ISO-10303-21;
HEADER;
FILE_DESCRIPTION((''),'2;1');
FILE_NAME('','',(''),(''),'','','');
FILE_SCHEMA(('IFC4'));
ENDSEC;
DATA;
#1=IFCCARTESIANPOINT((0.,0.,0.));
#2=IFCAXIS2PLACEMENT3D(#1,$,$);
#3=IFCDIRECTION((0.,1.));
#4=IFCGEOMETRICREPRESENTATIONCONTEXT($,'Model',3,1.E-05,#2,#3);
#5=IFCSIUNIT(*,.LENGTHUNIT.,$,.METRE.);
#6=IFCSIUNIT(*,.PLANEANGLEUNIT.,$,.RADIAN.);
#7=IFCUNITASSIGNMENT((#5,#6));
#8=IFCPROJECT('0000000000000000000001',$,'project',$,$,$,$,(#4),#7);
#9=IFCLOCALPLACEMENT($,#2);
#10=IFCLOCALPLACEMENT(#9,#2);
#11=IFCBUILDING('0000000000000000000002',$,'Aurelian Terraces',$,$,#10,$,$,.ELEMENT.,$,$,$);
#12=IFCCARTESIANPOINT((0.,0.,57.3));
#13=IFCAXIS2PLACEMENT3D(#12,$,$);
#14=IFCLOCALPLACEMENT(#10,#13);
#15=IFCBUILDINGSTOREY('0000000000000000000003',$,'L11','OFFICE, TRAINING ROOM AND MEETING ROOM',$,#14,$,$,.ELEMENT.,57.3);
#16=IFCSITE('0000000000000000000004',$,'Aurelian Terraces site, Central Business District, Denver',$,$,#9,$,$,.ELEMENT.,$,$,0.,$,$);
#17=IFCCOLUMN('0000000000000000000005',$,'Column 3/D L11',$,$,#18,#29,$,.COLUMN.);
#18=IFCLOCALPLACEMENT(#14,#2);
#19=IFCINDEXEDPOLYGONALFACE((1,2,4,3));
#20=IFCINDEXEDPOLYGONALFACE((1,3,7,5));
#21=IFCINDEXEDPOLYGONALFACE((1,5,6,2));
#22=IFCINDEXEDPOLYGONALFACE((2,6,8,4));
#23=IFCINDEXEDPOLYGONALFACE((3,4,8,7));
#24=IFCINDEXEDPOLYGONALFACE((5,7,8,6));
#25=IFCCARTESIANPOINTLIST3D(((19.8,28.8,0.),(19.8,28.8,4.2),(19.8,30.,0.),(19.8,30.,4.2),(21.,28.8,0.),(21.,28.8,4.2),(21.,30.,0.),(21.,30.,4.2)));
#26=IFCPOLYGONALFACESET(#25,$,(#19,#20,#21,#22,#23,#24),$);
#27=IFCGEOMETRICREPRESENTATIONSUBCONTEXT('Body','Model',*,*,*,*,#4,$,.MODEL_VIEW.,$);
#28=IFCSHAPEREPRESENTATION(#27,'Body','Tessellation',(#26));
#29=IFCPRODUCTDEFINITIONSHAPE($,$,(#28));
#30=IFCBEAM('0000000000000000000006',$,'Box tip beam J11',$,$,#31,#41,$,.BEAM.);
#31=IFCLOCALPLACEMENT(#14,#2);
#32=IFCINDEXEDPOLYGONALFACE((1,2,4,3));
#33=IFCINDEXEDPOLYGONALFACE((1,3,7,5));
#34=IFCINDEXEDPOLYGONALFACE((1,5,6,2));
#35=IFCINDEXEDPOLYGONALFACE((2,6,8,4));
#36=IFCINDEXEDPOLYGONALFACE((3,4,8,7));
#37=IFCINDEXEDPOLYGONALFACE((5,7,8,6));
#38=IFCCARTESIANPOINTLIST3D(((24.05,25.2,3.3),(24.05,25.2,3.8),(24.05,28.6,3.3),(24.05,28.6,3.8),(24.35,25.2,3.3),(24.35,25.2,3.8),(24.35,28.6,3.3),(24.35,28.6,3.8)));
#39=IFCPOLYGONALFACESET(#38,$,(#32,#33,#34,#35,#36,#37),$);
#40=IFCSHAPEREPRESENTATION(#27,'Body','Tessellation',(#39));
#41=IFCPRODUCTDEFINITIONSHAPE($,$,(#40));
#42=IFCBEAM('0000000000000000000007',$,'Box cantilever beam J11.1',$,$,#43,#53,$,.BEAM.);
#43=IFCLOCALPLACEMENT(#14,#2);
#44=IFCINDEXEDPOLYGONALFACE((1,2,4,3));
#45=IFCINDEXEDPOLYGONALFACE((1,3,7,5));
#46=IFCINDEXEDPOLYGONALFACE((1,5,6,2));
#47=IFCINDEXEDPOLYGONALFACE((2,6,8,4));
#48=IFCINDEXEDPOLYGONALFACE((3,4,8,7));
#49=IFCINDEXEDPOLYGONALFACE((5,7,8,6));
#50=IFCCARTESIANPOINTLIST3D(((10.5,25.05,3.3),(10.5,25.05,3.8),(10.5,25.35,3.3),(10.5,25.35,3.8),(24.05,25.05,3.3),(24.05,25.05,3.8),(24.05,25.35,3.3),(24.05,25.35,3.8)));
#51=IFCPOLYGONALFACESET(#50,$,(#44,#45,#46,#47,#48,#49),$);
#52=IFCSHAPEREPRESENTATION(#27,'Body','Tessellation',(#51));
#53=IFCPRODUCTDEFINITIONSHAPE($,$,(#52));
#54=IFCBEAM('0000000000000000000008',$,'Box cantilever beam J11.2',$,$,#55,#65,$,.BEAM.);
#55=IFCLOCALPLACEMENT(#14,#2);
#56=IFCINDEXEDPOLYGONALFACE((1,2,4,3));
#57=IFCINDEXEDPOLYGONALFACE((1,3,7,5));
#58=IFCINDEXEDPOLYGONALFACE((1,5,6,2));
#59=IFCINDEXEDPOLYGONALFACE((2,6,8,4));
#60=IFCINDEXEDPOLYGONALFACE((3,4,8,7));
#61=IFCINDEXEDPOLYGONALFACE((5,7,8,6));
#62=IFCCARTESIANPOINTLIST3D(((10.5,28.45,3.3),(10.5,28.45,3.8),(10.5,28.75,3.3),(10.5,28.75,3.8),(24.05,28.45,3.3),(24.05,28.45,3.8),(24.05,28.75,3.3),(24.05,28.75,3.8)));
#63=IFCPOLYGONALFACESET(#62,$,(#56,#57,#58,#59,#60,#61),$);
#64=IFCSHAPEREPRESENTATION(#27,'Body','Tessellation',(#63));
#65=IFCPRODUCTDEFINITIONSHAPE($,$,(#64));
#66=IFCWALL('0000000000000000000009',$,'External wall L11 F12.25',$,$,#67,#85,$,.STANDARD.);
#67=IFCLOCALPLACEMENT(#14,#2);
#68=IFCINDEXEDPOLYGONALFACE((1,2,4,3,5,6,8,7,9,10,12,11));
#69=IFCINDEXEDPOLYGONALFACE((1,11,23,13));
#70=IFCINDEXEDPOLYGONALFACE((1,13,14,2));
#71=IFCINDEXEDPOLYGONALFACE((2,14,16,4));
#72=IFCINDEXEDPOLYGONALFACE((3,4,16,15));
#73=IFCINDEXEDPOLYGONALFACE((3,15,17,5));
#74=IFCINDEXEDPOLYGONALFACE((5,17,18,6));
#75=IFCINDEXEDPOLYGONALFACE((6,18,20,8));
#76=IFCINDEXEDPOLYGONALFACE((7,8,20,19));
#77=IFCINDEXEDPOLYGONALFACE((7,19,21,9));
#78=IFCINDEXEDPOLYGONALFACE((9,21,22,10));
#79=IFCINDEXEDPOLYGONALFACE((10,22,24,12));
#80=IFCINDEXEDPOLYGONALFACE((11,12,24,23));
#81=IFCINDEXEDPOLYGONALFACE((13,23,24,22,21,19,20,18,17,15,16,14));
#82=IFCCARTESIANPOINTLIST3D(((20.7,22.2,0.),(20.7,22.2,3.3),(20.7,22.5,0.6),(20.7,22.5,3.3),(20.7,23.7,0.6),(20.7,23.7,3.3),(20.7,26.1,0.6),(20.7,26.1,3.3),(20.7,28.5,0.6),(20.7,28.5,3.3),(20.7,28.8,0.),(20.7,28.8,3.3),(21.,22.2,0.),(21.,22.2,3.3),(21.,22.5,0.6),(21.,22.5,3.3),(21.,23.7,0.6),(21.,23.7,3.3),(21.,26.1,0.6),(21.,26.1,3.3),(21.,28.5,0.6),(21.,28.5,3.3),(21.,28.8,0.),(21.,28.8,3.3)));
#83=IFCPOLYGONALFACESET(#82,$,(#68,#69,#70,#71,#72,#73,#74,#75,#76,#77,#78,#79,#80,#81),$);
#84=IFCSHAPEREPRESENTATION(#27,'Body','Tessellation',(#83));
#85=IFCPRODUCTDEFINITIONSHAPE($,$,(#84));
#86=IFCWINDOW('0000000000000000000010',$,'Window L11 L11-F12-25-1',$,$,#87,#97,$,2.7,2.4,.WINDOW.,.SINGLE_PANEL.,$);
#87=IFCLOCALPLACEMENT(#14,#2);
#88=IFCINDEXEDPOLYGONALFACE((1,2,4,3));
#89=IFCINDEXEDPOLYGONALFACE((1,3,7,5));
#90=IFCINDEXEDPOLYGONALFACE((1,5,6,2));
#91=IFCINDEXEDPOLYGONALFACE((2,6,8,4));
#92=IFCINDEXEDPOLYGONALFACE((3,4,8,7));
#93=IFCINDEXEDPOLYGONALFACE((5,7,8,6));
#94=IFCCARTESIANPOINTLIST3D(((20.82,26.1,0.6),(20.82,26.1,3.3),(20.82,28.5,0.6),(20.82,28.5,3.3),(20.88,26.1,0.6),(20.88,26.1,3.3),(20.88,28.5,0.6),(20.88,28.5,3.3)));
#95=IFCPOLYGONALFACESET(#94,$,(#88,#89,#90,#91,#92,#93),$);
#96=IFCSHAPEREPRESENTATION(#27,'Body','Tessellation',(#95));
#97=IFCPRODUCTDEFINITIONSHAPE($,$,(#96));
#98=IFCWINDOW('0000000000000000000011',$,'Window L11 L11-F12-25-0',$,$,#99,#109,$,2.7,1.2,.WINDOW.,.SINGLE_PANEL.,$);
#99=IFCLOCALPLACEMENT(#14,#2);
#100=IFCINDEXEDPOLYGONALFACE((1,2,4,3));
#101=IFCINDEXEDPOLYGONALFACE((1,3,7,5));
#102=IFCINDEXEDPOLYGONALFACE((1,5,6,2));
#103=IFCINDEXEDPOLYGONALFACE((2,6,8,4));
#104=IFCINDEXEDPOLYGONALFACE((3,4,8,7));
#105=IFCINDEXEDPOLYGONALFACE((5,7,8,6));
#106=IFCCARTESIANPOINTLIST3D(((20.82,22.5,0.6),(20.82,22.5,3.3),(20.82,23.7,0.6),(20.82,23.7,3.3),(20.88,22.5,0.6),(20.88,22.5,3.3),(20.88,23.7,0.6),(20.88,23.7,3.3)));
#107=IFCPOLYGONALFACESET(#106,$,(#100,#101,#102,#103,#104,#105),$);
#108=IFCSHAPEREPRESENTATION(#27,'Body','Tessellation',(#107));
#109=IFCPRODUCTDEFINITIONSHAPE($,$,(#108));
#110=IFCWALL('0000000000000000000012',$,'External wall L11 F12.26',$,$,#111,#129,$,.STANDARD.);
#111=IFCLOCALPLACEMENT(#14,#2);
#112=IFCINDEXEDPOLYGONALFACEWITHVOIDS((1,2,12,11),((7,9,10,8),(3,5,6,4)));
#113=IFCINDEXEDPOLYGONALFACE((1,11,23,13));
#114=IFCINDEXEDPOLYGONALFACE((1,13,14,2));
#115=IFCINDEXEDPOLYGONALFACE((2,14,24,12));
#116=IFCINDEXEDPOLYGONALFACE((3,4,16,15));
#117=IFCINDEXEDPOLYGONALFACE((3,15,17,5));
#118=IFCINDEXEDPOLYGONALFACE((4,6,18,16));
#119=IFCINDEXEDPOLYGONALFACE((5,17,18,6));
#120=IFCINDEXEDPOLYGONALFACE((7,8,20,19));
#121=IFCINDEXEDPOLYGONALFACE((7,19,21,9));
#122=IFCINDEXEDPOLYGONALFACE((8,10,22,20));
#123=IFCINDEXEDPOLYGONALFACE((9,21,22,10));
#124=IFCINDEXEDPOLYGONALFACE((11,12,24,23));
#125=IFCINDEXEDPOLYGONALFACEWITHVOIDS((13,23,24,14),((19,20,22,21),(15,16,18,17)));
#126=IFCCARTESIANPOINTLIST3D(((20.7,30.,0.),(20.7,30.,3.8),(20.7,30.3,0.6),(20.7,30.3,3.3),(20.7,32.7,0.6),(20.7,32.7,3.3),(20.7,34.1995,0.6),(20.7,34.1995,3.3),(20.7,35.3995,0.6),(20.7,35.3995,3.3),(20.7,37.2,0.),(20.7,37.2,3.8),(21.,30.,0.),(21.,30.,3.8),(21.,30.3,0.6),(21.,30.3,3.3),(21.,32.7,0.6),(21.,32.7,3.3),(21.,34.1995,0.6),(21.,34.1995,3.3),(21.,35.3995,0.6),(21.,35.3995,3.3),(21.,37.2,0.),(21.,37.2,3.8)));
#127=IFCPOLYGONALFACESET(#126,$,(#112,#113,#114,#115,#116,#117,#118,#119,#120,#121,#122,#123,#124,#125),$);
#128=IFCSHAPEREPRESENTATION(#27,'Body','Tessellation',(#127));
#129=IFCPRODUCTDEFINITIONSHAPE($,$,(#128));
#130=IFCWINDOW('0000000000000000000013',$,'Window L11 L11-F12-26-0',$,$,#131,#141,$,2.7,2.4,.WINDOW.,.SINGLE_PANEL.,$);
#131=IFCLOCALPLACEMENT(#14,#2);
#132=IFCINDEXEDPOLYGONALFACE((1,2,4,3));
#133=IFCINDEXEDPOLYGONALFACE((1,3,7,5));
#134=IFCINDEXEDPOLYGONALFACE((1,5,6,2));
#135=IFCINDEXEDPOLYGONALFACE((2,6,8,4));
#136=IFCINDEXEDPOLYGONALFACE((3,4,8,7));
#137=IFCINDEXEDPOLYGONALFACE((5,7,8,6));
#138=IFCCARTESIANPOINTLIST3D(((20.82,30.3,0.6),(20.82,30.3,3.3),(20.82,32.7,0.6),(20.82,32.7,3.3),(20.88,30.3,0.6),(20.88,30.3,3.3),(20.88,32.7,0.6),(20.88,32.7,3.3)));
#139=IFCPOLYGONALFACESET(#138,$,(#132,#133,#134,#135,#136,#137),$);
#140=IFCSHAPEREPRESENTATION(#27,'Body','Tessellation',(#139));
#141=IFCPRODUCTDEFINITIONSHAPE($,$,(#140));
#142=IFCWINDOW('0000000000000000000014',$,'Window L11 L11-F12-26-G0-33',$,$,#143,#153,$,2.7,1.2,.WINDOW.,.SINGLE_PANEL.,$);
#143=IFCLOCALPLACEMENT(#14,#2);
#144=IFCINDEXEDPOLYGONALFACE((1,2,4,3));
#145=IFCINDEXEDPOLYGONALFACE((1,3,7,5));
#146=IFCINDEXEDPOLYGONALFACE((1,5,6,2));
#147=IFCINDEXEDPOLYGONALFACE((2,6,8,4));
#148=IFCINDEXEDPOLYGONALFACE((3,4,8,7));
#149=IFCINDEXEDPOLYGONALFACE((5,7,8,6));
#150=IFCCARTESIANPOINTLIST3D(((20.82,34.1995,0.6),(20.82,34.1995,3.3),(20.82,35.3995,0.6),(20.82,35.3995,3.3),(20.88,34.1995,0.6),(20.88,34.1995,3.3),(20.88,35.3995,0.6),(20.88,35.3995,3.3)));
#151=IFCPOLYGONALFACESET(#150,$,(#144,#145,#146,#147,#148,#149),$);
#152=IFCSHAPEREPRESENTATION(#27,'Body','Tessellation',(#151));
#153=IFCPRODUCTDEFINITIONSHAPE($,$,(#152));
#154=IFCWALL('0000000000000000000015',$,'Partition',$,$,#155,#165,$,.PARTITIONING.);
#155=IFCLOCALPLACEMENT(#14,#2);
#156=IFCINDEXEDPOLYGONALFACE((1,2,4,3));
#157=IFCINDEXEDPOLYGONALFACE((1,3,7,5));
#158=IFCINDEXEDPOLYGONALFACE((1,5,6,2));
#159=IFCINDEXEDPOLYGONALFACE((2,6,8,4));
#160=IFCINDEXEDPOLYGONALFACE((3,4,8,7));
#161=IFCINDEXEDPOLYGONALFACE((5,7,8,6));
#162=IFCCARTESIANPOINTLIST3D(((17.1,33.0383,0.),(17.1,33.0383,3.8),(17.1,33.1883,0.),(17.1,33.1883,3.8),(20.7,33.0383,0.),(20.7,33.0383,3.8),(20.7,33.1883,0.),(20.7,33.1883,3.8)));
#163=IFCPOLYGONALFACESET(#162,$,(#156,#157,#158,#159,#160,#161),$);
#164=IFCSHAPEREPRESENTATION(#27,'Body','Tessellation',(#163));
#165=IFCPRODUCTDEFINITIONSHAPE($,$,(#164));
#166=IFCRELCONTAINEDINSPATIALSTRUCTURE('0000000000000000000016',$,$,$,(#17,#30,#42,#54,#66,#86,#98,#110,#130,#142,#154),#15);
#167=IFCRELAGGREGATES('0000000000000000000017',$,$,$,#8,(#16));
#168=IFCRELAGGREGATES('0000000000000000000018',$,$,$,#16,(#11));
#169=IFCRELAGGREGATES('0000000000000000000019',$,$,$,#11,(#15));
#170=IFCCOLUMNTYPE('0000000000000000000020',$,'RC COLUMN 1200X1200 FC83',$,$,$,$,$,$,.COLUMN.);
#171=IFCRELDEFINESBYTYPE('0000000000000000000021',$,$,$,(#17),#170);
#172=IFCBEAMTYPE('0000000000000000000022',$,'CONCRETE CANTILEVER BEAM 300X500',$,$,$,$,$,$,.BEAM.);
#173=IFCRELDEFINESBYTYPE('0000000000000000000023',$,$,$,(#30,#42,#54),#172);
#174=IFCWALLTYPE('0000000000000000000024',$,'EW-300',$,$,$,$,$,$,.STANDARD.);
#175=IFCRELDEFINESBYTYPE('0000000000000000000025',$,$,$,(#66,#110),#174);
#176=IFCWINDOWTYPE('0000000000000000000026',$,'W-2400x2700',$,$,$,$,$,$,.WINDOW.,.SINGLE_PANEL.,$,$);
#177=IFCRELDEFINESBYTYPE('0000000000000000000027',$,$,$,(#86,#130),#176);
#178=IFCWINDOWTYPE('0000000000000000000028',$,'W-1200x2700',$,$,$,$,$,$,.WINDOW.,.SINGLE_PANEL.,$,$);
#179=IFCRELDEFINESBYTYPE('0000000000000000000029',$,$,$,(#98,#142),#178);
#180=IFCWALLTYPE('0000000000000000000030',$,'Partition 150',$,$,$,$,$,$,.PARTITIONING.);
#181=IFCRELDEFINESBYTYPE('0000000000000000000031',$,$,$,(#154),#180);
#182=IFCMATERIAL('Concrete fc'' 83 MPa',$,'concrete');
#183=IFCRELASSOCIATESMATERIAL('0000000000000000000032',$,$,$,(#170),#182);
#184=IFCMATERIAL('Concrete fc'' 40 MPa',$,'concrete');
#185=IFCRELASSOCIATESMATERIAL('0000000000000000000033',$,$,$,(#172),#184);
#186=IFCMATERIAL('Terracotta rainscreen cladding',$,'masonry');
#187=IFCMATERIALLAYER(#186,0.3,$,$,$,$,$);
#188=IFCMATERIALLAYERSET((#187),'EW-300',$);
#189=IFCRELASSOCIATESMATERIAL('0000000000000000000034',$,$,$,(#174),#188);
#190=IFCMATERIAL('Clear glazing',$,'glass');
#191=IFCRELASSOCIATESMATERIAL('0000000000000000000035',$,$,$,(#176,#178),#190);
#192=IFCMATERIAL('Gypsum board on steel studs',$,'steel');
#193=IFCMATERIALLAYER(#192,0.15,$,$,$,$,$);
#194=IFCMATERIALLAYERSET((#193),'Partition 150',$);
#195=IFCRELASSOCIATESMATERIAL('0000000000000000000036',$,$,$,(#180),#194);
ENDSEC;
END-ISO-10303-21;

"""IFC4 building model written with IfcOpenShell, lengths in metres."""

from ifc_helpers import new_model, si_unit, direction, frame, frame_2d, origin, origin_2d, place, context, subcontext, project, spatial, rectangle, extrude, source, transform, mapped, material, layer, layer_set, material_profile, profile_set, type_object, element, fill, save


model = new_model("IFC4")

# Units and contexts
model_context = context("Model", 3, precision=1e-05, world=origin(), true_north=direction((0.0, 1.0)))
body_context = subcontext(model_context, "Body", "Model", "MODEL_VIEW")
ifc_project = project(units=[si_unit("LENGTHUNIT", "METRE"), si_unit("PLANEANGLEUNIT", "RADIAN")], contexts=[model_context])

# Site, building, storey
site_placement = place(None, origin())
site = spatial("IfcSite", under=ifc_project, at=site_placement, Name="Aurelian Terraces site, Central Business District, Denver", CompositionType="ELEMENT", RefElevation=0.0)
building_placement = place(site_placement, origin())
building = spatial("IfcBuilding", under=site, at=building_placement, Name="Aurelian Terraces", CompositionType="ELEMENT")
storey_placement = place(building_placement, frame((0.0, 0.0, 57.3)))
storey = spatial("IfcBuildingStorey", under=building, at=storey_placement, Name="L11", Description="OFFICE, TRAINING ROOM AND MEETING ROOM", CompositionType="ELEMENT", Elevation=57.3)

# Column
ifc_material_1 = material(Name="Concrete fc' 83 MPa", Category="concrete")
ifc_material_profile_1 = material_profile(ifc_material_1, rectangle(XDim=1.2, YDim=1.2, at=origin_2d()))
ifc_profile_set_1 = profile_set([ifc_material_profile_1], Name="Concrete fc' 83 MPa")
column_type = type_object("IfcColumnType", Name="RC COLUMN 1200X1200 FC83", PredefinedType="COLUMN", material=ifc_profile_set_1)
shared_shape_1 = source(origin(), body_context, "Body", "SweptSolid", [
    extrude(rectangle(XDim=1.2, YDim=1.2, at=origin_2d()), origin(), (0.0, 0.0, 1.0), 4.2),
])
column_placement = place(storey_placement, frame((20.4, 29.4, 0.0), z_axis=(0.0, 0.0, 1.0), x_axis=(1.0, 0.0, 0.0)))
element("IfcColumn", 1, at=column_placement, inside=storey, type_object=column_type, Name="Column 3/D L11", PredefinedType="COLUMN", context=body_context, shape_type="MappedRepresentation", body=[
    mapped(shared_shape_1, transform((0.0, 0.0, 0.0), scale=1.0)),
])

# Beams
ifc_material_2 = material(Name="Concrete fc' 40 MPa", Category="concrete")
ifc_material_profile_2 = material_profile(ifc_material_2, rectangle(XDim=0.3, YDim=0.5, at=origin_2d()))
ifc_profile_set_2 = profile_set([ifc_material_profile_2], Name="Concrete fc' 40 MPa")
beam_type = type_object("IfcBeamType", Name="CONCRETE CANTILEVER BEAM 300X500", PredefinedType="BEAM", material=ifc_profile_set_2)
beam_placement = place(storey_placement, frame((24.2, 25.2, 3.55), z_axis=(0.0, 1.0, 0.0), x_axis=(-1.0, 0.0, 0.0)))
element("IfcBeam", 2, at=beam_placement, inside=storey, type_object=beam_type, Name="Box tip beam J11", PredefinedType="BEAM", context=body_context, shape_type="SweptSolid", body=[
    extrude(rectangle(XDim=0.3, YDim=0.5, at=origin_2d()), origin(), (0.0, 0.0, 1.0), 3.4),
])
shared_shape_2 = source(origin(), body_context, "Body", "SweptSolid", [
    extrude(rectangle(XDim=0.3, YDim=0.5, at=origin_2d()), origin(), (0.0, 0.0, 1.0), 13.55),
])
for number, where, z_axis, x_axis, name in (
    (3, (24.05, 25.2, 3.55), (-1.0, 0.0, 0.0), (0.0, -1.0, 0.0), "Box cantilever beam J11.1"),
    (4, (24.05, 28.6, 3.55), (-1.0, 0.0, 0.0), (0.0, -1.0, 0.0), "Box cantilever beam J11.2"),
):
    element("IfcBeam", number, at=place(storey_placement, frame(where, z_axis=z_axis, x_axis=x_axis)), inside=storey, type_object=beam_type, Name=name, PredefinedType="BEAM", context=body_context, shape_type="MappedRepresentation", body=[
        mapped(shared_shape_2, transform((0.0, 0.0, 0.0), scale=1.0)),
    ])

# Walls, openings, windows
ifc_material_3 = material(Name="Terracotta rainscreen cladding", Category="masonry")
ifc_layer_1 = layer(ifc_material_3, 0.3)
ifc_layer_set_1 = layer_set([ifc_layer_1], Name="EW-300")
wall_type_1 = type_object("IfcWallType", Name="EW-300", PredefinedType="STANDARD", material=ifc_layer_set_1)
wall_1_placement = place(storey_placement, frame((20.85, 22.2, 0.0), z_axis=(0.0, 0.0, 1.0), x_axis=(0.0, 1.0, 0.0)))
wall_1 = element("IfcWall", 5, at=wall_1_placement, inside=storey, type_object=wall_type_1, Name="External wall L11 F12.25", PredefinedType="STANDARD", context=body_context, shape_type="SweptSolid", body=[
    extrude(rectangle(XDim=6.6, YDim=0.3, at=frame_2d((3.3, 0.0))), origin(), (0.0, 0.0, 1.0), 3.3),
])
shared_shape_3 = source(origin(), body_context, "Body", "SweptSolid", [
    extrude(rectangle(XDim=1.2, YDim=2.7, at=frame_2d((0.6, 1.35))), frame((0.0, 0.16, 0.0), z_axis=(0.0, -1.0, 0.0), x_axis=(1.0, 0.0, 0.0)), (0.0, 0.0, 1.0), 0.32),
])
opening_1_placement = place(wall_1_placement, frame((0.3, 0.0, 0.6)))
opening_1 = element("IfcOpeningElement", 6, at=opening_1_placement, cuts=wall_1, PredefinedType="OPENING", context=body_context, shape_type="MappedRepresentation", body=[
    mapped(shared_shape_3, transform((0.0, 0.0, 0.0), scale=1.0)),
])
shared_shape_4 = source(origin(), body_context, "Body", "SweptSolid", [
    extrude(rectangle(XDim=2.4, YDim=2.7, at=frame_2d((1.2, 1.35))), frame((0.0, 0.16, 0.0), z_axis=(0.0, -1.0, 0.0), x_axis=(1.0, 0.0, 0.0)), (0.0, 0.0, 1.0), 0.32),
])
opening_2_placement = place(wall_1_placement, frame((3.9, 0.0, 0.6)))
opening_2 = element("IfcOpeningElement", 7, at=opening_2_placement, cuts=wall_1, PredefinedType="OPENING", context=body_context, shape_type="MappedRepresentation", body=[
    mapped(shared_shape_4, transform((0.0, 0.0, 0.0), scale=1.0)),
])
ifc_material_4 = material(Name="Clear glazing", Category="glass")
window_type_1 = type_object("IfcWindowType", Name="W-2400x2700", PartitioningType="SINGLE_PANEL", PredefinedType="WINDOW", material=ifc_material_4)
shared_shape_5 = source(origin(), body_context, "Body", "SweptSolid", [
    extrude(rectangle(XDim=2.4, YDim=2.7, at=frame_2d((1.2, 1.35))), frame((0.0, 0.03, 0.0), z_axis=(0.0, -1.0, 0.0), x_axis=(1.0, 0.0, 0.0)), (0.0, 0.0, 1.0), 0.06),
])
window_1_placement = place(opening_2_placement, origin())
window_1 = element("IfcWindow", 8, at=window_1_placement, inside=storey, type_object=window_type_1, Name="Window L11 L11-F12-25-1", OverallHeight=2.7, OverallWidth=2.4, PartitioningType="SINGLE_PANEL", PredefinedType="WINDOW", context=body_context, shape_type="MappedRepresentation", body=[
    mapped(shared_shape_5, transform((0.0, 0.0, 0.0), scale=1.0)),
])
fill(opening_2, window_1)
window_type_2 = type_object("IfcWindowType", Name="W-1200x2700", PartitioningType="SINGLE_PANEL", PredefinedType="WINDOW", material=ifc_material_4)
shared_shape_6 = source(origin(), body_context, "Body", "SweptSolid", [
    extrude(rectangle(XDim=1.2, YDim=2.7, at=frame_2d((0.6, 1.35))), frame((0.0, 0.03, 0.0), z_axis=(0.0, -1.0, 0.0), x_axis=(1.0, 0.0, 0.0)), (0.0, 0.0, 1.0), 0.06),
])
window_2_placement = place(opening_1_placement, origin())
window_2 = element("IfcWindow", 9, at=window_2_placement, inside=storey, type_object=window_type_2, Name="Window L11 L11-F12-25-0", OverallHeight=2.7, OverallWidth=1.2, PartitioningType="SINGLE_PANEL", PredefinedType="WINDOW", context=body_context, shape_type="MappedRepresentation", body=[
    mapped(shared_shape_6, transform((0.0, 0.0, 0.0), scale=1.0)),
])
fill(opening_1, window_2)
shared_shape_7 = source(origin(), body_context, "Body", "SweptSolid", [
    extrude(rectangle(XDim=7.2, YDim=0.3, at=frame_2d((3.6, 0.0))), origin(), (0.0, 0.0, 1.0), 3.8),
])
wall_2_placement = place(storey_placement, frame((20.85, 30.0, 0.0), z_axis=(0.0, 0.0, 1.0), x_axis=(0.0, 1.0, 0.0)))
wall_2 = element("IfcWall", 10, at=wall_2_placement, inside=storey, type_object=wall_type_1, Name="External wall L11 F12.26", PredefinedType="STANDARD", context=body_context, shape_type="MappedRepresentation", body=[
    mapped(shared_shape_7, transform((0.0, 0.0, 0.0), scale=1.0)),
])
opening_3_placement = place(wall_2_placement, frame((0.3, 0.0, 0.6)))
opening_3 = element("IfcOpeningElement", 11, at=opening_3_placement, cuts=wall_2, PredefinedType="OPENING", context=body_context, shape_type="MappedRepresentation", body=[
    mapped(shared_shape_4, transform((0.0, 0.0, 0.0), scale=1.0)),
])
opening_4_placement = place(wall_2_placement, frame((4.1995, 0.0, 0.6)))
opening_4 = element("IfcOpeningElement", 12, at=opening_4_placement, cuts=wall_2, PredefinedType="OPENING", context=body_context, shape_type="MappedRepresentation", body=[
    mapped(shared_shape_3, transform((0.0, 0.0, 0.0), scale=1.0)),
])
window_3_placement = place(opening_3_placement, origin())
window_3 = element("IfcWindow", 13, at=window_3_placement, inside=storey, type_object=window_type_1, Name="Window L11 L11-F12-26-0", OverallHeight=2.7, OverallWidth=2.4, PartitioningType="SINGLE_PANEL", PredefinedType="WINDOW", context=body_context, shape_type="MappedRepresentation", body=[
    mapped(shared_shape_5, transform((0.0, 0.0, 0.0), scale=1.0)),
])
fill(opening_3, window_3)
window_4_placement = place(opening_4_placement, origin())
window_4 = element("IfcWindow", 14, at=window_4_placement, inside=storey, type_object=window_type_2, Name="Window L11 L11-F12-26-G0-33", OverallHeight=2.7, OverallWidth=1.2, PartitioningType="SINGLE_PANEL", PredefinedType="WINDOW", context=body_context, shape_type="MappedRepresentation", body=[
    mapped(shared_shape_6, transform((0.0, 0.0, 0.0), scale=1.0)),
])
fill(opening_4, window_4)

# Wall
ifc_material_5 = material(Name="Gypsum board on steel studs", Category="steel")
ifc_layer_2 = layer(ifc_material_5, 0.15)
ifc_layer_set_2 = layer_set([ifc_layer_2], Name="Partition 150")
wall_type_2 = type_object("IfcWallType", Name="Partition 150", PredefinedType="PARTITIONING", material=ifc_layer_set_2)
shared_shape_8 = source(origin(), body_context, "Body", "SweptSolid", [
    extrude(rectangle(XDim=3.6, YDim=0.15, at=frame_2d((1.8, 0.0))), origin(), (0.0, 0.0, 1.0), 3.8),
])
wall_3_placement = place(storey_placement, frame((17.1, 33.1133, 0.0), z_axis=(0.0, 0.0, 1.0), x_axis=(1.0, 0.0, 0.0)))
element("IfcWall", 15, at=wall_3_placement, inside=storey, type_object=wall_type_2, Name="Partition", PredefinedType="PARTITIONING", context=body_context, shape_type="MappedRepresentation", body=[
    mapped(shared_shape_8, transform((0.0, 0.0, 0.0), scale=1.0)),
])

save(model, "model.ifc")
